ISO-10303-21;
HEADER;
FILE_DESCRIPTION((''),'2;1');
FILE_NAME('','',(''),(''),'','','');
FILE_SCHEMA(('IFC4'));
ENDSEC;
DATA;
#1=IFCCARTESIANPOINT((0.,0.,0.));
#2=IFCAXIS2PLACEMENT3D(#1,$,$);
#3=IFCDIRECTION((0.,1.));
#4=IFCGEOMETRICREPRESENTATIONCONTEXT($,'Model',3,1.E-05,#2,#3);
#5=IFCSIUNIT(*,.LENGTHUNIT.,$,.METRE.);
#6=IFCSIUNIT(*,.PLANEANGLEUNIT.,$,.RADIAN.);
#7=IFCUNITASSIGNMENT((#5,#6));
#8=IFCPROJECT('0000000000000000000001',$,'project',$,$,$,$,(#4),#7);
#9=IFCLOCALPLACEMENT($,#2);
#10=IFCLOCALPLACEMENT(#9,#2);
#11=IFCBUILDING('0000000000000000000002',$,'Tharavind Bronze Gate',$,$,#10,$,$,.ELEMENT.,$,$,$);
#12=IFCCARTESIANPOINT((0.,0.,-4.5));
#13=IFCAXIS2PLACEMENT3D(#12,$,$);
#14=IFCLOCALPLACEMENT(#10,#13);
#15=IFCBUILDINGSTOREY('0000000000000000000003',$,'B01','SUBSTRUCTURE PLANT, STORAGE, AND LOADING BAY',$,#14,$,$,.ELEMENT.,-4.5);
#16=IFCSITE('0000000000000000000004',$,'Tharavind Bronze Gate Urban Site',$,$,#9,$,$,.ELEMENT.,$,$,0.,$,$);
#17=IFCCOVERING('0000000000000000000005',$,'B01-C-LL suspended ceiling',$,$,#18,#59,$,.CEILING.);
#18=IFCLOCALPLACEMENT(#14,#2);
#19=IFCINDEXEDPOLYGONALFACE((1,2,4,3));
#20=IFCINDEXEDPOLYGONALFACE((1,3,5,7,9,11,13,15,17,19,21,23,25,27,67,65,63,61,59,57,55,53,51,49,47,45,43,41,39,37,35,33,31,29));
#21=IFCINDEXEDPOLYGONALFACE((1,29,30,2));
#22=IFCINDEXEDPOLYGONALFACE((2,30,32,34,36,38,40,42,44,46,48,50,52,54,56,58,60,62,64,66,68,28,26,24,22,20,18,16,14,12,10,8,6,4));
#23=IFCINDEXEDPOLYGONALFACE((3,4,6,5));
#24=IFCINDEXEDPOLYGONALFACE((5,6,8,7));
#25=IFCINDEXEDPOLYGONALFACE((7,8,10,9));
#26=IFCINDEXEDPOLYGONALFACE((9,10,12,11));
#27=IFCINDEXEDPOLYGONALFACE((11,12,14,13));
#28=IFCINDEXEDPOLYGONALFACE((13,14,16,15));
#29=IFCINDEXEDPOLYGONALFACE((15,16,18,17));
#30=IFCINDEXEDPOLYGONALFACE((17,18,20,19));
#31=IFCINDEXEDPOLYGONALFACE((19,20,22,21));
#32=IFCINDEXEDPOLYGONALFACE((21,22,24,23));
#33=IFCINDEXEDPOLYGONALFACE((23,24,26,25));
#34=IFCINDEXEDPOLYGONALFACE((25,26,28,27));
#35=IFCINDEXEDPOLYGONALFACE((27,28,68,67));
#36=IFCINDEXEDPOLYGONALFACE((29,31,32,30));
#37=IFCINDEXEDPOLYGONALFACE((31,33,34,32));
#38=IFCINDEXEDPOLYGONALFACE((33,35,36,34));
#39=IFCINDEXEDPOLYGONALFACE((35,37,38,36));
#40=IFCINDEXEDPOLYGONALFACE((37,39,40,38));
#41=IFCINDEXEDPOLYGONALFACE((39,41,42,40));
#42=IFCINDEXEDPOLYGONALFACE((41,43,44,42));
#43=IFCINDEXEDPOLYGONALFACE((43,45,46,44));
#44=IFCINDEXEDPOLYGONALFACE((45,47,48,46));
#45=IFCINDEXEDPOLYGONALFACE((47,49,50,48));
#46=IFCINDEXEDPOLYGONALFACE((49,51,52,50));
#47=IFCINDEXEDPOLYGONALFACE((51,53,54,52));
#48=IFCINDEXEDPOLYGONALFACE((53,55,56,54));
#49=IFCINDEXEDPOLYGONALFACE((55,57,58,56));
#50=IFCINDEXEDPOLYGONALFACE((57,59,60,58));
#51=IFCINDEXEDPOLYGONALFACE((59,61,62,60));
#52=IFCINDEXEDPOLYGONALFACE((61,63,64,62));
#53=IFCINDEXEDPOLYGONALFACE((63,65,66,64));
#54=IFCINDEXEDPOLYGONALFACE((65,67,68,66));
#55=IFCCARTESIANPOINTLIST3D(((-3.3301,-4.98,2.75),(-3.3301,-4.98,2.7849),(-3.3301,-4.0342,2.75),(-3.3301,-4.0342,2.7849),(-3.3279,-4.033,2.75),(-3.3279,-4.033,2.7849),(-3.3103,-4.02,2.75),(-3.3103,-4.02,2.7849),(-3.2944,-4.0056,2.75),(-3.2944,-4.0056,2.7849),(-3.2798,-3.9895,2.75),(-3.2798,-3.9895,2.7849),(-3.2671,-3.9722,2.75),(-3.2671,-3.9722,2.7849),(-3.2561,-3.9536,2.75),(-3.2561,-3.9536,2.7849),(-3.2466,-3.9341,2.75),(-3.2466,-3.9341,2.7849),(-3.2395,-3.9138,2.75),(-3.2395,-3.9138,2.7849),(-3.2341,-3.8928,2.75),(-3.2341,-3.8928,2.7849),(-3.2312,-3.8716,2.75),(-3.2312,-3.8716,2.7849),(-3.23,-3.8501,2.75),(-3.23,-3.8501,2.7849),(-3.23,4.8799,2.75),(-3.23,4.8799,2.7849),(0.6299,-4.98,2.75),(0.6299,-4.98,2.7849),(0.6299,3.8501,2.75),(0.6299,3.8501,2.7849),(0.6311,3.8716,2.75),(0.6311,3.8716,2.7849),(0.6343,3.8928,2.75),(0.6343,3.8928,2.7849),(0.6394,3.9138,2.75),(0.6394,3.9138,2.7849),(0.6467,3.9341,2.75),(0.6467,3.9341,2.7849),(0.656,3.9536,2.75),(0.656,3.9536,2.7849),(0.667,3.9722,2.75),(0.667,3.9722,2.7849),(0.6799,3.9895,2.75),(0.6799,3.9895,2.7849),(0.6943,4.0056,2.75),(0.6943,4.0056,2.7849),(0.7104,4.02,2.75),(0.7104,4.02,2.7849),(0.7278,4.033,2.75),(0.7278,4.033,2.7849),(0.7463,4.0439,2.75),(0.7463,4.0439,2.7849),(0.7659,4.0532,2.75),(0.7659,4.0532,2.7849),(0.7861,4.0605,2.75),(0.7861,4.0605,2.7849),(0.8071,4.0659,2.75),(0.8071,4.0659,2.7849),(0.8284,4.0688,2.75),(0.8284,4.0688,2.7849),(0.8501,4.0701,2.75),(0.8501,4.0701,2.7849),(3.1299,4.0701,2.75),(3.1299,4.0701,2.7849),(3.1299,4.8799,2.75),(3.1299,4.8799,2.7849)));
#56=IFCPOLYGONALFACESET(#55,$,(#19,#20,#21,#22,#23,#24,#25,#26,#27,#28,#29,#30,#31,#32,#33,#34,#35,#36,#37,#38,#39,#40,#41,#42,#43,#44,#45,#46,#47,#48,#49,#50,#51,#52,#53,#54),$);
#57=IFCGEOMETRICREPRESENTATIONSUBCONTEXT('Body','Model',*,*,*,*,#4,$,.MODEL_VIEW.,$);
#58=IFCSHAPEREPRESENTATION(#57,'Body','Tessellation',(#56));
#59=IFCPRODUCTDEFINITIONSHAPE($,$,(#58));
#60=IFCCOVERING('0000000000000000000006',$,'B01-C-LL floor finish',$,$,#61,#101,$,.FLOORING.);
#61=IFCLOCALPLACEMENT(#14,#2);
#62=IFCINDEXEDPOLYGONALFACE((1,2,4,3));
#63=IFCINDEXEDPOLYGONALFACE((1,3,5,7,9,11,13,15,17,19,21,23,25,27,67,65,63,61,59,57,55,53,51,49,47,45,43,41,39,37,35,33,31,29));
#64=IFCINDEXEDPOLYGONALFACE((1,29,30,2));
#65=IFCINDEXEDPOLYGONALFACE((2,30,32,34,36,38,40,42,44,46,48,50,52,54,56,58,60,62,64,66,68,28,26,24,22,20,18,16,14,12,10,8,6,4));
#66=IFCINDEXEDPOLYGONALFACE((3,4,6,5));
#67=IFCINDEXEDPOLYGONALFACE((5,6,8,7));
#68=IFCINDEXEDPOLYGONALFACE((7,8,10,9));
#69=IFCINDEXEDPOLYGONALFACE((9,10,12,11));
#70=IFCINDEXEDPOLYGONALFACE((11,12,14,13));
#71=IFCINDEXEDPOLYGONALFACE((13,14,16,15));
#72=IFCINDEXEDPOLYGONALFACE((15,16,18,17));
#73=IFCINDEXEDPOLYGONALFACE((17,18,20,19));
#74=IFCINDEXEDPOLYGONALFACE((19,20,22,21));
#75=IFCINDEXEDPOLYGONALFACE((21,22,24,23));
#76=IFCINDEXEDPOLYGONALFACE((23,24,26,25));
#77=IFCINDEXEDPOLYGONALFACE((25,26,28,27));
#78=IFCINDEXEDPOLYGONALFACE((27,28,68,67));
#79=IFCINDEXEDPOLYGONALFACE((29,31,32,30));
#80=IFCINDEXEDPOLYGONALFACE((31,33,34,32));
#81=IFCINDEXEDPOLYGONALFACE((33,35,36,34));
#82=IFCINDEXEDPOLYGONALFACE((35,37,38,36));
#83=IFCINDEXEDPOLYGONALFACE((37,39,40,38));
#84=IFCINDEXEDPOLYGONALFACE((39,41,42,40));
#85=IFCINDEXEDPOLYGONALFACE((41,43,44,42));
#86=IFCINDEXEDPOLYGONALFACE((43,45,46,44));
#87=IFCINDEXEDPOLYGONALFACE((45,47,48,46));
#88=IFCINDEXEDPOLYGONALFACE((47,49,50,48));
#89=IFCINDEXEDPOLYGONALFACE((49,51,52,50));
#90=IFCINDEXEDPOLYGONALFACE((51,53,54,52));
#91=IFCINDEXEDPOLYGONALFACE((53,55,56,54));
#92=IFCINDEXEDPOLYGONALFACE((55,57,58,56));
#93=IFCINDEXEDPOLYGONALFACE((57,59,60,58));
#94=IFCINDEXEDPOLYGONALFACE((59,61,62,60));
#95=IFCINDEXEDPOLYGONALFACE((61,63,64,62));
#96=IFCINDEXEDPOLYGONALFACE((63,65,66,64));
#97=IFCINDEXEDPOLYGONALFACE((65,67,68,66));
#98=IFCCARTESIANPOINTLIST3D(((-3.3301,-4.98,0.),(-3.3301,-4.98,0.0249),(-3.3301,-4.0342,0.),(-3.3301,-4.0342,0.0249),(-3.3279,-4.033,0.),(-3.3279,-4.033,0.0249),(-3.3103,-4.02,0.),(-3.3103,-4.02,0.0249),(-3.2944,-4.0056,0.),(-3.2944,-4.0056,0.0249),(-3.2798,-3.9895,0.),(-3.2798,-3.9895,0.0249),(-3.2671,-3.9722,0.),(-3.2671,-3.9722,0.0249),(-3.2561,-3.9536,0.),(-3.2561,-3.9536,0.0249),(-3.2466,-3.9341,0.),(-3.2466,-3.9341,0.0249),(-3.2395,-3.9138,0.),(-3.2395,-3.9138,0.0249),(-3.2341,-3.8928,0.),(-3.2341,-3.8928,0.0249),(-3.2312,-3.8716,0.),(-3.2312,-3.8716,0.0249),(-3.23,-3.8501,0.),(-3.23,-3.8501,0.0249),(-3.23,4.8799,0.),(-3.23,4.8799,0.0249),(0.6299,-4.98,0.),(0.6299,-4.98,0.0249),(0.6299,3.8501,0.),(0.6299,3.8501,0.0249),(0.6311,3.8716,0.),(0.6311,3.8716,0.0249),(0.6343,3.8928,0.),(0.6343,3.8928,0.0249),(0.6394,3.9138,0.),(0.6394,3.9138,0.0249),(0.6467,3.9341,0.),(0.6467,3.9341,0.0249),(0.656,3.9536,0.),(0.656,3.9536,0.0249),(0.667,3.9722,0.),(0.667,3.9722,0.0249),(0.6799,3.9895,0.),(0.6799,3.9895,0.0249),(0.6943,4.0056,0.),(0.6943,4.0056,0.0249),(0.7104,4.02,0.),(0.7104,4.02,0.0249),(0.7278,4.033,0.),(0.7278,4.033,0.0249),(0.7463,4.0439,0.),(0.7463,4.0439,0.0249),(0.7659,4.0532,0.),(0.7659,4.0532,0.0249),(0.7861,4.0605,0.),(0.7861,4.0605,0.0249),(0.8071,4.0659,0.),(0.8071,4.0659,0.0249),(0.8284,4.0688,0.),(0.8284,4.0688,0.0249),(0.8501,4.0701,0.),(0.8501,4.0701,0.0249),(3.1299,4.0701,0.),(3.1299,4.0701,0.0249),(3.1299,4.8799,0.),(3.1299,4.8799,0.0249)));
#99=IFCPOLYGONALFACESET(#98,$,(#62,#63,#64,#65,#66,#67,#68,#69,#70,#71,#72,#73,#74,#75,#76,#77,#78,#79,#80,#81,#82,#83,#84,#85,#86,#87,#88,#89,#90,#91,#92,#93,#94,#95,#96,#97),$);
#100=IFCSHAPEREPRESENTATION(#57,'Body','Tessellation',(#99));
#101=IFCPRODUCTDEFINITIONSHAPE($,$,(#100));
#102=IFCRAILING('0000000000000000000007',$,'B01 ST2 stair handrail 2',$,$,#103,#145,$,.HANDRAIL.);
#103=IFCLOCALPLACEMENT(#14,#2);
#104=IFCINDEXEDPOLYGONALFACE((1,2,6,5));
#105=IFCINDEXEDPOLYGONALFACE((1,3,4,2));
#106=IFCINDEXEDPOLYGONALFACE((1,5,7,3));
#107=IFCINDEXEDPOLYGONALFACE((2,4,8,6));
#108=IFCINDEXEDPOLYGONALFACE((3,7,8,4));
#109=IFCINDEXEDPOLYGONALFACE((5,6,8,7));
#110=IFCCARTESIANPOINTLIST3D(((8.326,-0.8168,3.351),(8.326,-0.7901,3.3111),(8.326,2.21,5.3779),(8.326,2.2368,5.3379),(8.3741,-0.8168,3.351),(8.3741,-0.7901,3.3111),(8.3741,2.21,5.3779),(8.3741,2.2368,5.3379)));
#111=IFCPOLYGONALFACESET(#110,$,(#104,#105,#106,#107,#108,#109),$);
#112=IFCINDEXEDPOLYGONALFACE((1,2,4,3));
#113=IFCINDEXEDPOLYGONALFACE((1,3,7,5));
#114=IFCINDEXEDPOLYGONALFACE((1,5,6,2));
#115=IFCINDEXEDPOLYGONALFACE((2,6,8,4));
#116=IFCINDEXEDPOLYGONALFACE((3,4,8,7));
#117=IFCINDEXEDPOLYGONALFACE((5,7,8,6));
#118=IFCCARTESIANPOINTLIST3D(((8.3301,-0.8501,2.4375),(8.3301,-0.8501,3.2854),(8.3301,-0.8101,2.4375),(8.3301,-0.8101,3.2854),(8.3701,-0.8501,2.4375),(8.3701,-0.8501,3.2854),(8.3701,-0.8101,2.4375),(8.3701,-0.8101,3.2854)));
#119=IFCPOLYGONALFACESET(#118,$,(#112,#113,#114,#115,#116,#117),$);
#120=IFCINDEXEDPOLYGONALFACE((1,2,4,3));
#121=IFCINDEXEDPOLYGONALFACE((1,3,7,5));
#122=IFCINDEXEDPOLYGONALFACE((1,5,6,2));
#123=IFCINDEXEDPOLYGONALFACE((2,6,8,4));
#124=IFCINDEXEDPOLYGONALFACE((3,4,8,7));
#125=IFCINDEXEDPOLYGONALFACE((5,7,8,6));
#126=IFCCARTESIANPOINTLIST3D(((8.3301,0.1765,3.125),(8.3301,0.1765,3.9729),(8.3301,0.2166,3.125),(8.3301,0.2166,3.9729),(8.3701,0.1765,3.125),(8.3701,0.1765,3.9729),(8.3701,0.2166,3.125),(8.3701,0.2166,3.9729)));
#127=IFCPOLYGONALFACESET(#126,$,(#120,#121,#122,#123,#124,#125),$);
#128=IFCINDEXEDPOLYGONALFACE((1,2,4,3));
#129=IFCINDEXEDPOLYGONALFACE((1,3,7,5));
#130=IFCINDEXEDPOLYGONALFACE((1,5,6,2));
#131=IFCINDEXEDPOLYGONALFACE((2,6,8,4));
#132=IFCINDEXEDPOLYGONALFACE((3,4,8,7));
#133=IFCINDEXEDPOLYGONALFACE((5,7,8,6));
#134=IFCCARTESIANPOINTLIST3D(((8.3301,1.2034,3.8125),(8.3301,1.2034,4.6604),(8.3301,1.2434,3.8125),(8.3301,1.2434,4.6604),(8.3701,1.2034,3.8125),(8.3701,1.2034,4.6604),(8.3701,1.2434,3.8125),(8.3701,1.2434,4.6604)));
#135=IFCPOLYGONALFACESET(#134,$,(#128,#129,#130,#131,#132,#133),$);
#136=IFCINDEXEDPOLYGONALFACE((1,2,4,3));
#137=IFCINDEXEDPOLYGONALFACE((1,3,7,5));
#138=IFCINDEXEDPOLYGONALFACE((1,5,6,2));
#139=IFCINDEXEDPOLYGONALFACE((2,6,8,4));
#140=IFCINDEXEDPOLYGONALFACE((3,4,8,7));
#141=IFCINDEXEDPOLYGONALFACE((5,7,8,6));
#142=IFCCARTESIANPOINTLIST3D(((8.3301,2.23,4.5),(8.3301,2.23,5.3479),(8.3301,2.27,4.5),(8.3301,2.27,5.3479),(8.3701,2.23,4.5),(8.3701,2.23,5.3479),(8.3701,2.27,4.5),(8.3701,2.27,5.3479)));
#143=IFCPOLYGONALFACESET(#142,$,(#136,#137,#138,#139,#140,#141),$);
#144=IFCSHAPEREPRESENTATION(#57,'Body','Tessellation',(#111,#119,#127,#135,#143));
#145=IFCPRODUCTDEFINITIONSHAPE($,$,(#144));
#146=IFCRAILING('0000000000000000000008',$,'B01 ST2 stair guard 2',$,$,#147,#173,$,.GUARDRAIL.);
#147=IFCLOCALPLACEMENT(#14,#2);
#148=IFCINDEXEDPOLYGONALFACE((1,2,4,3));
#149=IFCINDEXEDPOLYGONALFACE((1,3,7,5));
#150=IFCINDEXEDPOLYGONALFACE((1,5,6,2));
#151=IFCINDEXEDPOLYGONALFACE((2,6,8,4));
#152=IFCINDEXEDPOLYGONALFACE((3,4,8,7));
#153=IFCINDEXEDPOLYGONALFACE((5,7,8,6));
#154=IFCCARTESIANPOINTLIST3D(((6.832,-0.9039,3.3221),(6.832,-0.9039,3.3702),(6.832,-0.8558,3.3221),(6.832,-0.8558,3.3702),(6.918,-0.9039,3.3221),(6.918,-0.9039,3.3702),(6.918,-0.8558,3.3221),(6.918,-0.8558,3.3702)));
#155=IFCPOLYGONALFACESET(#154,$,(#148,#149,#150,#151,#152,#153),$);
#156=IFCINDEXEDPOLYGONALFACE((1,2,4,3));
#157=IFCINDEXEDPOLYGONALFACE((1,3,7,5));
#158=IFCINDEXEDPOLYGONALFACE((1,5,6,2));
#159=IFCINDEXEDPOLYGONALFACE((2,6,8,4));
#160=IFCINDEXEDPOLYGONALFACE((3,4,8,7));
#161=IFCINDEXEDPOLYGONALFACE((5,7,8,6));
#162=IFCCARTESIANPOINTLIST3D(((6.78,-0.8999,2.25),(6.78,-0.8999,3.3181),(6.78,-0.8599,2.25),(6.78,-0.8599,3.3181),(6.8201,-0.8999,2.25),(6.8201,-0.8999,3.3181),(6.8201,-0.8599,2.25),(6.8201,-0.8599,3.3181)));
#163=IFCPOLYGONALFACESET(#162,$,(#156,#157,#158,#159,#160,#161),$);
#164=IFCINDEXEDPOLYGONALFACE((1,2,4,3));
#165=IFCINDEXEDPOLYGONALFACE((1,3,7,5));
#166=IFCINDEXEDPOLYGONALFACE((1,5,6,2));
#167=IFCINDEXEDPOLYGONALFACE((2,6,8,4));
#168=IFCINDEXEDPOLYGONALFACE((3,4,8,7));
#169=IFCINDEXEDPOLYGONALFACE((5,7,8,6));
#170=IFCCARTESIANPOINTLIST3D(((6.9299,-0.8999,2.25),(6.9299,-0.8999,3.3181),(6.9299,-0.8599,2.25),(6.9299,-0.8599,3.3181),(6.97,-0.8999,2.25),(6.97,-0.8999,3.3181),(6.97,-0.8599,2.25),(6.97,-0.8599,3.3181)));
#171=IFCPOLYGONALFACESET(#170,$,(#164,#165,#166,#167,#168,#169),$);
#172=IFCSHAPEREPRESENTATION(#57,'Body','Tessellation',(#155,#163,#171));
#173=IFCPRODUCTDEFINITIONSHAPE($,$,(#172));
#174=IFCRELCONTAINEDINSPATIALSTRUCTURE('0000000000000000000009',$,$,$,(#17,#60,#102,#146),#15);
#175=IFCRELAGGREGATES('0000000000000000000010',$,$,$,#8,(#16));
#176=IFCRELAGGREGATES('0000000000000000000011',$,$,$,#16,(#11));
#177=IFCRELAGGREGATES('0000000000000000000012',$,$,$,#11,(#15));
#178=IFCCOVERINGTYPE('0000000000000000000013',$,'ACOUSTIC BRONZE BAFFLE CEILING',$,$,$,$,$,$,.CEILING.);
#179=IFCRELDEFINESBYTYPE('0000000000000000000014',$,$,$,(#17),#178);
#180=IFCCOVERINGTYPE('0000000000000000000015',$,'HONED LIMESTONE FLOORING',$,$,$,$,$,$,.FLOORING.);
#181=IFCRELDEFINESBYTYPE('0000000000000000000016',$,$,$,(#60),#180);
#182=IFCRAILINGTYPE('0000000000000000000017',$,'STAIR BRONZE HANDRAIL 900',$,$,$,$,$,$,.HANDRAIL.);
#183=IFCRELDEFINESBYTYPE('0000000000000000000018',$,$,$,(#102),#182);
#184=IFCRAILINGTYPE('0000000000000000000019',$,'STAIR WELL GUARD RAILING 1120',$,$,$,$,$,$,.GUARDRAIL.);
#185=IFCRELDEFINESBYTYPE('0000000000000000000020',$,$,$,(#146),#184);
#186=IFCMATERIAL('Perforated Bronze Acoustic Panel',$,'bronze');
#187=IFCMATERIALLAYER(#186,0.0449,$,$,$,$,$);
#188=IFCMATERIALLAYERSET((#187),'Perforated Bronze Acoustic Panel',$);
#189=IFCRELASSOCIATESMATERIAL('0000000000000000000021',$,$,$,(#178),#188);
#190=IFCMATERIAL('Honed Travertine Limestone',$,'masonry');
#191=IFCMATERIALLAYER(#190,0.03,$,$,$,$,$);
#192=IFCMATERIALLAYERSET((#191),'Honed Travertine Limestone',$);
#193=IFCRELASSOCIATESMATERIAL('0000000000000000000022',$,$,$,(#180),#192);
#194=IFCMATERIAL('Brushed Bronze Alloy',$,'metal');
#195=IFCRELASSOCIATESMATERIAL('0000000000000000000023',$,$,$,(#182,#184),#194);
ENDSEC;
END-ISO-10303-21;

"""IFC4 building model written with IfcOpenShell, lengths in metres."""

from ifc_helpers import new_model, si_unit, direction, frame, origin, origin_2d, place, context, subcontext, project, spatial, polyline, rectangle, outline, extrude, material, layer, layer_set, type_object, element, save


model = new_model("IFC4")

# Units and contexts
model_context = context("Model", 3, precision=1e-05, world=origin(), true_north=direction((0.0, 1.0)))
body_context = subcontext(model_context, "Body", "Model", "MODEL_VIEW")
ifc_project = project(units=[si_unit("LENGTHUNIT", "METRE"), si_unit("PLANEANGLEUNIT", "RADIAN")], contexts=[model_context])

# Site, building, storey
site_placement = place(None, origin())
site = spatial("IfcSite", under=ifc_project, at=site_placement, Name="Tharavind Bronze Gate Urban Site", CompositionType="ELEMENT", RefElevation=0.0)
building_placement = place(site_placement, origin())
building = spatial("IfcBuilding", under=site, at=building_placement, Name="Tharavind Bronze Gate", CompositionType="ELEMENT")
storey_placement = place(building_placement, frame((0.0, 0.0, -4.5)))
storey = spatial("IfcBuildingStorey", under=building, at=storey_placement, Name="B01", Description="SUBSTRUCTURE PLANT, STORAGE, AND LOADING BAY", CompositionType="ELEMENT", Elevation=-4.5)

# Coverings
ifc_material_1 = material(Name="Perforated Bronze Acoustic Panel", Category="bronze")
ifc_layer_1 = layer(ifc_material_1, 0.0449)
ifc_layer_set_1 = layer_set([ifc_layer_1], Name="Perforated Bronze Acoustic Panel")
covering_type_1 = type_object("IfcCoveringType", Name="ACOUSTIC BRONZE BAFFLE CEILING", PredefinedType="CEILING", material=ifc_layer_set_1)
covering_1_placement = place(storey_placement, frame((0.0, 0.0, 2.75)))
element("IfcCovering", 1, at=covering_1_placement, inside=storey, type_object=covering_type_1, Name="B01-C-LL suspended ceiling", PredefinedType="CEILING", context=body_context, shape_type="SweptSolid", body=[
    extrude(outline(polyline([(-3.3301, -4.98), (0.6299, -4.98), (0.6299, 3.8501), (0.6311, 3.8716), (0.6343, 3.8928), (0.6394, 3.9138), (0.6467, 3.9341), (0.656, 3.9536), (0.667, 3.9722), (0.6799, 3.9895), (0.6943, 4.0056), (0.7104, 4.02), (0.7278, 4.033), (0.7463, 4.0439), (0.7659, 4.0532), (0.7861, 4.0605), (0.8071, 4.0659), (0.8284, 4.0688), (0.8501, 4.0701), (3.1299, 4.0701), (3.1299, 4.8799), (-3.23, 4.8799), (-3.23, -3.8501), (-3.2312, -3.8716), (-3.2341, -3.8928), (-3.2395, -3.9138), (-3.2466, -3.9341), (-3.2561, -3.9536), (-3.2671, -3.9722), (-3.2798, -3.9895), (-3.2944, -4.0056), (-3.3103, -4.02), (-3.3279, -4.033), (-3.3301, -4.0342), (-3.3301, -4.98)])), origin(), (0.0, 0.0, 1.0), 0.0349),
])
ifc_material_2 = material(Name="Honed Travertine Limestone", Category="masonry")
ifc_layer_2 = layer(ifc_material_2, 0.03)
ifc_layer_set_2 = layer_set([ifc_layer_2], Name="Honed Travertine Limestone")
covering_type_2 = type_object("IfcCoveringType", Name="HONED LIMESTONE FLOORING", PredefinedType="FLOORING", material=ifc_layer_set_2)
covering_2_placement = place(storey_placement, origin())
element("IfcCovering", 2, at=covering_2_placement, inside=storey, type_object=covering_type_2, Name="B01-C-LL floor finish", PredefinedType="FLOORING", context=body_context, shape_type="SweptSolid", body=[
    extrude(outline(polyline([(-3.3301, -4.98), (0.6299, -4.98), (0.6299, 3.8501), (0.6311, 3.8716), (0.6343, 3.8928), (0.6394, 3.9138), (0.6467, 3.9341), (0.656, 3.9536), (0.667, 3.9722), (0.6799, 3.9895), (0.6943, 4.0056), (0.7104, 4.02), (0.7278, 4.033), (0.7463, 4.0439), (0.7659, 4.0532), (0.7861, 4.0605), (0.8071, 4.0659), (0.8284, 4.0688), (0.8501, 4.0701), (3.1299, 4.0701), (3.1299, 4.8799), (-3.23, 4.8799), (-3.23, -3.8501), (-3.2312, -3.8716), (-3.2341, -3.8928), (-3.2395, -3.9138), (-3.2466, -3.9341), (-3.2561, -3.9536), (-3.2671, -3.9722), (-3.2798, -3.9895), (-3.2944, -4.0056), (-3.3103, -4.02), (-3.3279, -4.033), (-3.3301, -4.0342), (-3.3301, -4.98)])), origin(), (0.0, 0.0, 1.0), 0.0249),
])

# Railings
ifc_material_3 = material(Name="Brushed Bronze Alloy", Category="metal")
railing_type_1 = type_object("IfcRailingType", Name="STAIR BRONZE HANDRAIL 900", PredefinedType="HANDRAIL", material=ifc_material_3)
railing_1_placement = place(storey_placement, frame((8.3501, -0.8301, 2.4375)))
element("IfcRailing", 3, at=railing_1_placement, inside=storey, type_object=railing_type_1, Name="B01 ST2 stair handrail 2", PredefinedType="HANDRAIL", context=body_context, shape_type="SweptSolid", body=[
    extrude(rectangle(XDim=0.0481, YDim=0.0481, at=origin_2d()), frame((0.0, 0.0266, 0.8936), z_axis=(0.0, 0.830914, 0.556401), x_axis=(-1.0, 0.0, 0.0)), (0.0, 0.0, 1.0), 3.6428),
    extrude(rectangle(XDim=0.04, YDim=0.04, at=origin_2d()), origin(), (0.0, 0.0, 1.0), 0.8479),
    extrude(rectangle(XDim=0.04, YDim=0.04, at=origin_2d()), frame((0.0, 1.0266, 0.6875)), (0.0, 0.0, 1.0), 0.8479),
    extrude(rectangle(XDim=0.04, YDim=0.04, at=origin_2d()), frame((0.0, 2.0535, 1.375)), (0.0, 0.0, 1.0), 0.8479),
    extrude(rectangle(XDim=0.04, YDim=0.04, at=origin_2d()), frame((0.0, 3.0801, 2.0625)), (0.0, 0.0, 1.0), 0.8479),
])
railing_type_2 = type_object("IfcRailingType", Name="STAIR WELL GUARD RAILING 1120", PredefinedType="GUARDRAIL", material=ifc_material_3)
railing_2_placement = place(storey_placement, frame((6.8, -0.8799, 2.25)))
element("IfcRailing", 4, at=railing_2_placement, inside=storey, type_object=railing_type_2, Name="B01 ST2 stair guard 2", PredefinedType="GUARDRAIL", context=body_context, shape_type="SweptSolid", body=[
    extrude(rectangle(XDim=0.0481, YDim=0.0481, at=origin_2d()), frame((0.032, 0.0, 1.0962), z_axis=(1.0, 0.0, 0.0), x_axis=(0.0, 1.0, 0.0)), (0.0, 0.0, 1.0), 0.0859),
    extrude(rectangle(XDim=0.04, YDim=0.04, at=origin_2d()), origin(), (0.0, 0.0, 1.0), 1.0681),
    extrude(rectangle(XDim=0.04, YDim=0.04, at=origin_2d()), frame((0.1499, 0.0, 0.0)), (0.0, 0.0, 1.0), 1.0681),
])

save(model, "model.ifc")
